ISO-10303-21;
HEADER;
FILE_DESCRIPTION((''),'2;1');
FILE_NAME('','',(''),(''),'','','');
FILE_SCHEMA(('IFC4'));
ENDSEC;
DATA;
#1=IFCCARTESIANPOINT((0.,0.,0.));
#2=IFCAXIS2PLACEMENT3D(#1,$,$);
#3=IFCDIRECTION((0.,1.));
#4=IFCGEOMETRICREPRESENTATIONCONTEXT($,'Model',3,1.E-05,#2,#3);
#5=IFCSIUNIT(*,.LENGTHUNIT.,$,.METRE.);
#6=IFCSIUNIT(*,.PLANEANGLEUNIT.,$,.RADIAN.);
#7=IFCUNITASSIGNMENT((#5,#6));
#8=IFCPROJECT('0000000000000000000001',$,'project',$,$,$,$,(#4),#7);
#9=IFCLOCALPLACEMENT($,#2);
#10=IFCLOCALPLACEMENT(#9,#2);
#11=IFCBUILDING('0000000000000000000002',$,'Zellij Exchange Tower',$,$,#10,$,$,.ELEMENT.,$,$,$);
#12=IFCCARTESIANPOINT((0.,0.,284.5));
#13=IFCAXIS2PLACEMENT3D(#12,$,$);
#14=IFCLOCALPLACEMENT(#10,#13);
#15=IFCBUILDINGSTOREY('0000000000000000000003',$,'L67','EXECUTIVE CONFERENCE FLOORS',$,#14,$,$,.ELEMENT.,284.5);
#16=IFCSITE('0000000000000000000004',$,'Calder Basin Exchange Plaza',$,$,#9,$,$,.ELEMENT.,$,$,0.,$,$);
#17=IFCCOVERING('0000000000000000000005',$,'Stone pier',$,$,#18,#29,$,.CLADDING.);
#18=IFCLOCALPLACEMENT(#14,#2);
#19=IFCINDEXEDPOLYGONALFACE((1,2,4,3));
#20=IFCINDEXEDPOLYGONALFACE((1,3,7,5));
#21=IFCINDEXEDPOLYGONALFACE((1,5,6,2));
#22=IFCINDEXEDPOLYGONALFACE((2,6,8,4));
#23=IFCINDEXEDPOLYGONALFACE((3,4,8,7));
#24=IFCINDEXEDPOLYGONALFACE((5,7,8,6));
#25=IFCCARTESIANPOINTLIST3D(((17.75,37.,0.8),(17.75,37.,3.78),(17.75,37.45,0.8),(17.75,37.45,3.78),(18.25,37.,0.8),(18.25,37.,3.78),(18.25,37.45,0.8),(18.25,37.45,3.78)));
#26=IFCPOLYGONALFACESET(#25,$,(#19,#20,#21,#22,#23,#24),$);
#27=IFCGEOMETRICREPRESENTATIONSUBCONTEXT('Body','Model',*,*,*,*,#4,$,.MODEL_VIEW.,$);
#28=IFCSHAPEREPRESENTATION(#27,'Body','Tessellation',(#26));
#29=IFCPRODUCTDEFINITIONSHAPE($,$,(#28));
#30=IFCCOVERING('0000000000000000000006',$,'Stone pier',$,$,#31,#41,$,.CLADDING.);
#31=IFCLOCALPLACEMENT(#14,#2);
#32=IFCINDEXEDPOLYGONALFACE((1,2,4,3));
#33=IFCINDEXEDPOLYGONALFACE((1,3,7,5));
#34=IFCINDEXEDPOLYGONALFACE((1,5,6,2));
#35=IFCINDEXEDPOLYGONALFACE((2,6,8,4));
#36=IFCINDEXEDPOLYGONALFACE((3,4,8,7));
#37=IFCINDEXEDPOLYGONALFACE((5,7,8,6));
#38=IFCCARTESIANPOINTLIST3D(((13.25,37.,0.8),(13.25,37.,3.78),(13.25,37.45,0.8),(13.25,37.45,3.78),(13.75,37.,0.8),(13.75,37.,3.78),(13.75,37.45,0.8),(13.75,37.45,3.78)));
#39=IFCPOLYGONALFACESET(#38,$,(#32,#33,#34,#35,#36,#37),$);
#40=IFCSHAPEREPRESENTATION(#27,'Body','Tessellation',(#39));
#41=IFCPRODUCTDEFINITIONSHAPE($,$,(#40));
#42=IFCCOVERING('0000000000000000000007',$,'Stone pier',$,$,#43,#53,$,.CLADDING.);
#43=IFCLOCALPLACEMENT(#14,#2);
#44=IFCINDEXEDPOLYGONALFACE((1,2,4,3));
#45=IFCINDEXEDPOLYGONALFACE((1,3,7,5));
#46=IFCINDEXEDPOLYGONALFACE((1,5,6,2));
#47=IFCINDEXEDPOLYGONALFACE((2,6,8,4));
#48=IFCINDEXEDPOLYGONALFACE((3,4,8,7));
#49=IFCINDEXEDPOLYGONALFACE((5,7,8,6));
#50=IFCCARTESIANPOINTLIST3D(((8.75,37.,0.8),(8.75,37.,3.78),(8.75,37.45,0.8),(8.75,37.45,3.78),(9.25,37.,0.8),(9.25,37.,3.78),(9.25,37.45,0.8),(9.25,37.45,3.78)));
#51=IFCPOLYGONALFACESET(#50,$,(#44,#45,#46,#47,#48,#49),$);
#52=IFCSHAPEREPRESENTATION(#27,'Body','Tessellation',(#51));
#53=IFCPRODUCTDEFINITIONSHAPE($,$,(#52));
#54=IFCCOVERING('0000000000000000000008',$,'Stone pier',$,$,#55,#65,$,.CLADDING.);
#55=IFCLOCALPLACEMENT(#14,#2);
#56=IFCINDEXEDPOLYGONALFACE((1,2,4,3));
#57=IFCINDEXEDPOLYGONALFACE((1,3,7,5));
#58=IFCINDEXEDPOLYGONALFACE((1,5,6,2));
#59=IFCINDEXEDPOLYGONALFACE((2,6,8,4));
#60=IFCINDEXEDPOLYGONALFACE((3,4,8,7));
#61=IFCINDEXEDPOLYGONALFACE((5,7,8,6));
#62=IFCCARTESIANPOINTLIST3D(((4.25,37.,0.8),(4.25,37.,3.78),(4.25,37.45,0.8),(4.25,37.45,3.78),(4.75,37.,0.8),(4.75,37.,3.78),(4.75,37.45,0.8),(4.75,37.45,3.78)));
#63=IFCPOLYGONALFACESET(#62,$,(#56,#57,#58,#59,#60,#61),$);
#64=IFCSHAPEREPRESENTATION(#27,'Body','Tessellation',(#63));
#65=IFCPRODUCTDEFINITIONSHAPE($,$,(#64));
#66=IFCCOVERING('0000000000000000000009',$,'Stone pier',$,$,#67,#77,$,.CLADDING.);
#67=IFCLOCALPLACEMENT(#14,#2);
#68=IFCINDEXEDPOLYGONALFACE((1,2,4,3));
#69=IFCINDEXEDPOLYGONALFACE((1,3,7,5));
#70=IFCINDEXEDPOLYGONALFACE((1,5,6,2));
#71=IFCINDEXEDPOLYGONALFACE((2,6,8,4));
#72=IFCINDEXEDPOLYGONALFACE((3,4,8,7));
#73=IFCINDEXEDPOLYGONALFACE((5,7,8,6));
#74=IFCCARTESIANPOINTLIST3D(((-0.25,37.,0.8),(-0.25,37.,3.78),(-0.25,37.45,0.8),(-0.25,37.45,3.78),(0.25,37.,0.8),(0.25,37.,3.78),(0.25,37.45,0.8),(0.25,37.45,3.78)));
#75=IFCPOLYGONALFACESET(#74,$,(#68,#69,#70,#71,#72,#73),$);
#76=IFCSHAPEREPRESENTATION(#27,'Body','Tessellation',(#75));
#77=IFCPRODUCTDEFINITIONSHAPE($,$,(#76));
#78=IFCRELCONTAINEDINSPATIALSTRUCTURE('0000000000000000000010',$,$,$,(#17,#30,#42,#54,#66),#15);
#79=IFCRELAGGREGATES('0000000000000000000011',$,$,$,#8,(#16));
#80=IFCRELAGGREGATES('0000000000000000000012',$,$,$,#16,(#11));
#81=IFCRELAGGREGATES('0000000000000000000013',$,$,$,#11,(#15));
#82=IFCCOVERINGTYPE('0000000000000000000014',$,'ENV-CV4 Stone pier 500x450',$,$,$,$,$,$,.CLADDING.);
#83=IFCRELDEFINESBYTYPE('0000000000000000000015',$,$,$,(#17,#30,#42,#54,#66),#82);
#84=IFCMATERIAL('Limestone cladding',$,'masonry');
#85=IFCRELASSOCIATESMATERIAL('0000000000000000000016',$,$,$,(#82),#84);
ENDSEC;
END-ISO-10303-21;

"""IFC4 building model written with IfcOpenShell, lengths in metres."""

from ifc_helpers import new_model, si_unit, direction, frame, origin, place, context, subcontext, project, spatial, polyline, outline, extrude, material, type_object, element, save


model = new_model("IFC4")

# Units and contexts
model_context = context("Model", 3, precision=1e-05, world=origin(), true_north=direction((0.0, 1.0)))
body_context = subcontext(model_context, "Body", "Model", "MODEL_VIEW")
ifc_project = project(units=[si_unit("LENGTHUNIT", "METRE"), si_unit("PLANEANGLEUNIT", "RADIAN")], contexts=[model_context])

# Site, building, storey
site_placement = place(None, origin())
site = spatial("IfcSite", under=ifc_project, at=site_placement, Name="Calder Basin Exchange Plaza", CompositionType="ELEMENT", RefElevation=0.0)
building_placement = place(site_placement, origin())
building = spatial("IfcBuilding", under=site, at=building_placement, Name="Zellij Exchange Tower", CompositionType="ELEMENT")
storey_placement = place(building_placement, frame((0.0, 0.0, 284.5)))
storey = spatial("IfcBuildingStorey", under=building, at=storey_placement, Name="L67", Description="EXECUTIVE CONFERENCE FLOORS", CompositionType="ELEMENT", Elevation=284.5)

# Coverings
ifc_material_1 = material(Name="Limestone cladding", Category="masonry")
covering_type = type_object("IfcCoveringType", Name="ENV-CV4 Stone pier 500x450", PredefinedType="CLADDING", material=ifc_material_1)
covering_1_placement = place(storey_placement, frame((0.0, 0.0, 0.8)))
element("IfcCovering", 1, at=covering_1_placement, inside=storey, type_object=covering_type, Name="Stone pier", PredefinedType="CLADDING", context=body_context, shape_type="SweptSolid", body=[
    extrude(outline(polyline([(18.25, 37.0), (17.75, 37.0), (17.75, 37.45), (18.25, 37.45), (18.25, 37.0)])), origin(), (0.0, 0.0, 1.0), 2.98),
])
covering_2_placement = place(storey_placement, frame((0.0, 0.0, 0.8)))
element("IfcCovering", 2, at=covering_2_placement, inside=storey, type_object=covering_type, Name="Stone pier", PredefinedType="CLADDING", context=body_context, shape_type="SweptSolid", body=[
    extrude(outline(polyline([(13.75, 37.0), (13.25, 37.0), (13.25, 37.45), (13.75, 37.45), (13.75, 37.0)])), origin(), (0.0, 0.0, 1.0), 2.98),
])
covering_3_placement = place(storey_placement, frame((0.0, 0.0, 0.8)))
element("IfcCovering", 3, at=covering_3_placement, inside=storey, type_object=covering_type, Name="Stone pier", PredefinedType="CLADDING", context=body_context, shape_type="SweptSolid", body=[
    extrude(outline(polyline([(9.25, 37.0), (8.75, 37.0), (8.75, 37.45), (9.25, 37.45), (9.25, 37.0)])), origin(), (0.0, 0.0, 1.0), 2.98),
])
covering_4_placement = place(storey_placement, frame((0.0, 0.0, 0.8)))
element("IfcCovering", 4, at=covering_4_placement, inside=storey, type_object=covering_type, Name="Stone pier", PredefinedType="CLADDING", context=body_context, shape_type="SweptSolid", body=[
    extrude(outline(polyline([(4.75, 37.0), (4.25, 37.0), (4.25, 37.45), (4.75, 37.45), (4.75, 37.0)])), origin(), (0.0, 0.0, 1.0), 2.98),
])
covering_5_placement = place(storey_placement, frame((0.0, 0.0, 0.8)))
element("IfcCovering", 5, at=covering_5_placement, inside=storey, type_object=covering_type, Name="Stone pier", PredefinedType="CLADDING", context=body_context, shape_type="SweptSolid", body=[
    extrude(outline(polyline([(0.25, 37.0), (-0.25, 37.0), (-0.25, 37.45), (0.25, 37.45), (0.25, 37.0)])), origin(), (0.0, 0.0, 1.0), 2.98),
])

save(model, "model.ifc")
